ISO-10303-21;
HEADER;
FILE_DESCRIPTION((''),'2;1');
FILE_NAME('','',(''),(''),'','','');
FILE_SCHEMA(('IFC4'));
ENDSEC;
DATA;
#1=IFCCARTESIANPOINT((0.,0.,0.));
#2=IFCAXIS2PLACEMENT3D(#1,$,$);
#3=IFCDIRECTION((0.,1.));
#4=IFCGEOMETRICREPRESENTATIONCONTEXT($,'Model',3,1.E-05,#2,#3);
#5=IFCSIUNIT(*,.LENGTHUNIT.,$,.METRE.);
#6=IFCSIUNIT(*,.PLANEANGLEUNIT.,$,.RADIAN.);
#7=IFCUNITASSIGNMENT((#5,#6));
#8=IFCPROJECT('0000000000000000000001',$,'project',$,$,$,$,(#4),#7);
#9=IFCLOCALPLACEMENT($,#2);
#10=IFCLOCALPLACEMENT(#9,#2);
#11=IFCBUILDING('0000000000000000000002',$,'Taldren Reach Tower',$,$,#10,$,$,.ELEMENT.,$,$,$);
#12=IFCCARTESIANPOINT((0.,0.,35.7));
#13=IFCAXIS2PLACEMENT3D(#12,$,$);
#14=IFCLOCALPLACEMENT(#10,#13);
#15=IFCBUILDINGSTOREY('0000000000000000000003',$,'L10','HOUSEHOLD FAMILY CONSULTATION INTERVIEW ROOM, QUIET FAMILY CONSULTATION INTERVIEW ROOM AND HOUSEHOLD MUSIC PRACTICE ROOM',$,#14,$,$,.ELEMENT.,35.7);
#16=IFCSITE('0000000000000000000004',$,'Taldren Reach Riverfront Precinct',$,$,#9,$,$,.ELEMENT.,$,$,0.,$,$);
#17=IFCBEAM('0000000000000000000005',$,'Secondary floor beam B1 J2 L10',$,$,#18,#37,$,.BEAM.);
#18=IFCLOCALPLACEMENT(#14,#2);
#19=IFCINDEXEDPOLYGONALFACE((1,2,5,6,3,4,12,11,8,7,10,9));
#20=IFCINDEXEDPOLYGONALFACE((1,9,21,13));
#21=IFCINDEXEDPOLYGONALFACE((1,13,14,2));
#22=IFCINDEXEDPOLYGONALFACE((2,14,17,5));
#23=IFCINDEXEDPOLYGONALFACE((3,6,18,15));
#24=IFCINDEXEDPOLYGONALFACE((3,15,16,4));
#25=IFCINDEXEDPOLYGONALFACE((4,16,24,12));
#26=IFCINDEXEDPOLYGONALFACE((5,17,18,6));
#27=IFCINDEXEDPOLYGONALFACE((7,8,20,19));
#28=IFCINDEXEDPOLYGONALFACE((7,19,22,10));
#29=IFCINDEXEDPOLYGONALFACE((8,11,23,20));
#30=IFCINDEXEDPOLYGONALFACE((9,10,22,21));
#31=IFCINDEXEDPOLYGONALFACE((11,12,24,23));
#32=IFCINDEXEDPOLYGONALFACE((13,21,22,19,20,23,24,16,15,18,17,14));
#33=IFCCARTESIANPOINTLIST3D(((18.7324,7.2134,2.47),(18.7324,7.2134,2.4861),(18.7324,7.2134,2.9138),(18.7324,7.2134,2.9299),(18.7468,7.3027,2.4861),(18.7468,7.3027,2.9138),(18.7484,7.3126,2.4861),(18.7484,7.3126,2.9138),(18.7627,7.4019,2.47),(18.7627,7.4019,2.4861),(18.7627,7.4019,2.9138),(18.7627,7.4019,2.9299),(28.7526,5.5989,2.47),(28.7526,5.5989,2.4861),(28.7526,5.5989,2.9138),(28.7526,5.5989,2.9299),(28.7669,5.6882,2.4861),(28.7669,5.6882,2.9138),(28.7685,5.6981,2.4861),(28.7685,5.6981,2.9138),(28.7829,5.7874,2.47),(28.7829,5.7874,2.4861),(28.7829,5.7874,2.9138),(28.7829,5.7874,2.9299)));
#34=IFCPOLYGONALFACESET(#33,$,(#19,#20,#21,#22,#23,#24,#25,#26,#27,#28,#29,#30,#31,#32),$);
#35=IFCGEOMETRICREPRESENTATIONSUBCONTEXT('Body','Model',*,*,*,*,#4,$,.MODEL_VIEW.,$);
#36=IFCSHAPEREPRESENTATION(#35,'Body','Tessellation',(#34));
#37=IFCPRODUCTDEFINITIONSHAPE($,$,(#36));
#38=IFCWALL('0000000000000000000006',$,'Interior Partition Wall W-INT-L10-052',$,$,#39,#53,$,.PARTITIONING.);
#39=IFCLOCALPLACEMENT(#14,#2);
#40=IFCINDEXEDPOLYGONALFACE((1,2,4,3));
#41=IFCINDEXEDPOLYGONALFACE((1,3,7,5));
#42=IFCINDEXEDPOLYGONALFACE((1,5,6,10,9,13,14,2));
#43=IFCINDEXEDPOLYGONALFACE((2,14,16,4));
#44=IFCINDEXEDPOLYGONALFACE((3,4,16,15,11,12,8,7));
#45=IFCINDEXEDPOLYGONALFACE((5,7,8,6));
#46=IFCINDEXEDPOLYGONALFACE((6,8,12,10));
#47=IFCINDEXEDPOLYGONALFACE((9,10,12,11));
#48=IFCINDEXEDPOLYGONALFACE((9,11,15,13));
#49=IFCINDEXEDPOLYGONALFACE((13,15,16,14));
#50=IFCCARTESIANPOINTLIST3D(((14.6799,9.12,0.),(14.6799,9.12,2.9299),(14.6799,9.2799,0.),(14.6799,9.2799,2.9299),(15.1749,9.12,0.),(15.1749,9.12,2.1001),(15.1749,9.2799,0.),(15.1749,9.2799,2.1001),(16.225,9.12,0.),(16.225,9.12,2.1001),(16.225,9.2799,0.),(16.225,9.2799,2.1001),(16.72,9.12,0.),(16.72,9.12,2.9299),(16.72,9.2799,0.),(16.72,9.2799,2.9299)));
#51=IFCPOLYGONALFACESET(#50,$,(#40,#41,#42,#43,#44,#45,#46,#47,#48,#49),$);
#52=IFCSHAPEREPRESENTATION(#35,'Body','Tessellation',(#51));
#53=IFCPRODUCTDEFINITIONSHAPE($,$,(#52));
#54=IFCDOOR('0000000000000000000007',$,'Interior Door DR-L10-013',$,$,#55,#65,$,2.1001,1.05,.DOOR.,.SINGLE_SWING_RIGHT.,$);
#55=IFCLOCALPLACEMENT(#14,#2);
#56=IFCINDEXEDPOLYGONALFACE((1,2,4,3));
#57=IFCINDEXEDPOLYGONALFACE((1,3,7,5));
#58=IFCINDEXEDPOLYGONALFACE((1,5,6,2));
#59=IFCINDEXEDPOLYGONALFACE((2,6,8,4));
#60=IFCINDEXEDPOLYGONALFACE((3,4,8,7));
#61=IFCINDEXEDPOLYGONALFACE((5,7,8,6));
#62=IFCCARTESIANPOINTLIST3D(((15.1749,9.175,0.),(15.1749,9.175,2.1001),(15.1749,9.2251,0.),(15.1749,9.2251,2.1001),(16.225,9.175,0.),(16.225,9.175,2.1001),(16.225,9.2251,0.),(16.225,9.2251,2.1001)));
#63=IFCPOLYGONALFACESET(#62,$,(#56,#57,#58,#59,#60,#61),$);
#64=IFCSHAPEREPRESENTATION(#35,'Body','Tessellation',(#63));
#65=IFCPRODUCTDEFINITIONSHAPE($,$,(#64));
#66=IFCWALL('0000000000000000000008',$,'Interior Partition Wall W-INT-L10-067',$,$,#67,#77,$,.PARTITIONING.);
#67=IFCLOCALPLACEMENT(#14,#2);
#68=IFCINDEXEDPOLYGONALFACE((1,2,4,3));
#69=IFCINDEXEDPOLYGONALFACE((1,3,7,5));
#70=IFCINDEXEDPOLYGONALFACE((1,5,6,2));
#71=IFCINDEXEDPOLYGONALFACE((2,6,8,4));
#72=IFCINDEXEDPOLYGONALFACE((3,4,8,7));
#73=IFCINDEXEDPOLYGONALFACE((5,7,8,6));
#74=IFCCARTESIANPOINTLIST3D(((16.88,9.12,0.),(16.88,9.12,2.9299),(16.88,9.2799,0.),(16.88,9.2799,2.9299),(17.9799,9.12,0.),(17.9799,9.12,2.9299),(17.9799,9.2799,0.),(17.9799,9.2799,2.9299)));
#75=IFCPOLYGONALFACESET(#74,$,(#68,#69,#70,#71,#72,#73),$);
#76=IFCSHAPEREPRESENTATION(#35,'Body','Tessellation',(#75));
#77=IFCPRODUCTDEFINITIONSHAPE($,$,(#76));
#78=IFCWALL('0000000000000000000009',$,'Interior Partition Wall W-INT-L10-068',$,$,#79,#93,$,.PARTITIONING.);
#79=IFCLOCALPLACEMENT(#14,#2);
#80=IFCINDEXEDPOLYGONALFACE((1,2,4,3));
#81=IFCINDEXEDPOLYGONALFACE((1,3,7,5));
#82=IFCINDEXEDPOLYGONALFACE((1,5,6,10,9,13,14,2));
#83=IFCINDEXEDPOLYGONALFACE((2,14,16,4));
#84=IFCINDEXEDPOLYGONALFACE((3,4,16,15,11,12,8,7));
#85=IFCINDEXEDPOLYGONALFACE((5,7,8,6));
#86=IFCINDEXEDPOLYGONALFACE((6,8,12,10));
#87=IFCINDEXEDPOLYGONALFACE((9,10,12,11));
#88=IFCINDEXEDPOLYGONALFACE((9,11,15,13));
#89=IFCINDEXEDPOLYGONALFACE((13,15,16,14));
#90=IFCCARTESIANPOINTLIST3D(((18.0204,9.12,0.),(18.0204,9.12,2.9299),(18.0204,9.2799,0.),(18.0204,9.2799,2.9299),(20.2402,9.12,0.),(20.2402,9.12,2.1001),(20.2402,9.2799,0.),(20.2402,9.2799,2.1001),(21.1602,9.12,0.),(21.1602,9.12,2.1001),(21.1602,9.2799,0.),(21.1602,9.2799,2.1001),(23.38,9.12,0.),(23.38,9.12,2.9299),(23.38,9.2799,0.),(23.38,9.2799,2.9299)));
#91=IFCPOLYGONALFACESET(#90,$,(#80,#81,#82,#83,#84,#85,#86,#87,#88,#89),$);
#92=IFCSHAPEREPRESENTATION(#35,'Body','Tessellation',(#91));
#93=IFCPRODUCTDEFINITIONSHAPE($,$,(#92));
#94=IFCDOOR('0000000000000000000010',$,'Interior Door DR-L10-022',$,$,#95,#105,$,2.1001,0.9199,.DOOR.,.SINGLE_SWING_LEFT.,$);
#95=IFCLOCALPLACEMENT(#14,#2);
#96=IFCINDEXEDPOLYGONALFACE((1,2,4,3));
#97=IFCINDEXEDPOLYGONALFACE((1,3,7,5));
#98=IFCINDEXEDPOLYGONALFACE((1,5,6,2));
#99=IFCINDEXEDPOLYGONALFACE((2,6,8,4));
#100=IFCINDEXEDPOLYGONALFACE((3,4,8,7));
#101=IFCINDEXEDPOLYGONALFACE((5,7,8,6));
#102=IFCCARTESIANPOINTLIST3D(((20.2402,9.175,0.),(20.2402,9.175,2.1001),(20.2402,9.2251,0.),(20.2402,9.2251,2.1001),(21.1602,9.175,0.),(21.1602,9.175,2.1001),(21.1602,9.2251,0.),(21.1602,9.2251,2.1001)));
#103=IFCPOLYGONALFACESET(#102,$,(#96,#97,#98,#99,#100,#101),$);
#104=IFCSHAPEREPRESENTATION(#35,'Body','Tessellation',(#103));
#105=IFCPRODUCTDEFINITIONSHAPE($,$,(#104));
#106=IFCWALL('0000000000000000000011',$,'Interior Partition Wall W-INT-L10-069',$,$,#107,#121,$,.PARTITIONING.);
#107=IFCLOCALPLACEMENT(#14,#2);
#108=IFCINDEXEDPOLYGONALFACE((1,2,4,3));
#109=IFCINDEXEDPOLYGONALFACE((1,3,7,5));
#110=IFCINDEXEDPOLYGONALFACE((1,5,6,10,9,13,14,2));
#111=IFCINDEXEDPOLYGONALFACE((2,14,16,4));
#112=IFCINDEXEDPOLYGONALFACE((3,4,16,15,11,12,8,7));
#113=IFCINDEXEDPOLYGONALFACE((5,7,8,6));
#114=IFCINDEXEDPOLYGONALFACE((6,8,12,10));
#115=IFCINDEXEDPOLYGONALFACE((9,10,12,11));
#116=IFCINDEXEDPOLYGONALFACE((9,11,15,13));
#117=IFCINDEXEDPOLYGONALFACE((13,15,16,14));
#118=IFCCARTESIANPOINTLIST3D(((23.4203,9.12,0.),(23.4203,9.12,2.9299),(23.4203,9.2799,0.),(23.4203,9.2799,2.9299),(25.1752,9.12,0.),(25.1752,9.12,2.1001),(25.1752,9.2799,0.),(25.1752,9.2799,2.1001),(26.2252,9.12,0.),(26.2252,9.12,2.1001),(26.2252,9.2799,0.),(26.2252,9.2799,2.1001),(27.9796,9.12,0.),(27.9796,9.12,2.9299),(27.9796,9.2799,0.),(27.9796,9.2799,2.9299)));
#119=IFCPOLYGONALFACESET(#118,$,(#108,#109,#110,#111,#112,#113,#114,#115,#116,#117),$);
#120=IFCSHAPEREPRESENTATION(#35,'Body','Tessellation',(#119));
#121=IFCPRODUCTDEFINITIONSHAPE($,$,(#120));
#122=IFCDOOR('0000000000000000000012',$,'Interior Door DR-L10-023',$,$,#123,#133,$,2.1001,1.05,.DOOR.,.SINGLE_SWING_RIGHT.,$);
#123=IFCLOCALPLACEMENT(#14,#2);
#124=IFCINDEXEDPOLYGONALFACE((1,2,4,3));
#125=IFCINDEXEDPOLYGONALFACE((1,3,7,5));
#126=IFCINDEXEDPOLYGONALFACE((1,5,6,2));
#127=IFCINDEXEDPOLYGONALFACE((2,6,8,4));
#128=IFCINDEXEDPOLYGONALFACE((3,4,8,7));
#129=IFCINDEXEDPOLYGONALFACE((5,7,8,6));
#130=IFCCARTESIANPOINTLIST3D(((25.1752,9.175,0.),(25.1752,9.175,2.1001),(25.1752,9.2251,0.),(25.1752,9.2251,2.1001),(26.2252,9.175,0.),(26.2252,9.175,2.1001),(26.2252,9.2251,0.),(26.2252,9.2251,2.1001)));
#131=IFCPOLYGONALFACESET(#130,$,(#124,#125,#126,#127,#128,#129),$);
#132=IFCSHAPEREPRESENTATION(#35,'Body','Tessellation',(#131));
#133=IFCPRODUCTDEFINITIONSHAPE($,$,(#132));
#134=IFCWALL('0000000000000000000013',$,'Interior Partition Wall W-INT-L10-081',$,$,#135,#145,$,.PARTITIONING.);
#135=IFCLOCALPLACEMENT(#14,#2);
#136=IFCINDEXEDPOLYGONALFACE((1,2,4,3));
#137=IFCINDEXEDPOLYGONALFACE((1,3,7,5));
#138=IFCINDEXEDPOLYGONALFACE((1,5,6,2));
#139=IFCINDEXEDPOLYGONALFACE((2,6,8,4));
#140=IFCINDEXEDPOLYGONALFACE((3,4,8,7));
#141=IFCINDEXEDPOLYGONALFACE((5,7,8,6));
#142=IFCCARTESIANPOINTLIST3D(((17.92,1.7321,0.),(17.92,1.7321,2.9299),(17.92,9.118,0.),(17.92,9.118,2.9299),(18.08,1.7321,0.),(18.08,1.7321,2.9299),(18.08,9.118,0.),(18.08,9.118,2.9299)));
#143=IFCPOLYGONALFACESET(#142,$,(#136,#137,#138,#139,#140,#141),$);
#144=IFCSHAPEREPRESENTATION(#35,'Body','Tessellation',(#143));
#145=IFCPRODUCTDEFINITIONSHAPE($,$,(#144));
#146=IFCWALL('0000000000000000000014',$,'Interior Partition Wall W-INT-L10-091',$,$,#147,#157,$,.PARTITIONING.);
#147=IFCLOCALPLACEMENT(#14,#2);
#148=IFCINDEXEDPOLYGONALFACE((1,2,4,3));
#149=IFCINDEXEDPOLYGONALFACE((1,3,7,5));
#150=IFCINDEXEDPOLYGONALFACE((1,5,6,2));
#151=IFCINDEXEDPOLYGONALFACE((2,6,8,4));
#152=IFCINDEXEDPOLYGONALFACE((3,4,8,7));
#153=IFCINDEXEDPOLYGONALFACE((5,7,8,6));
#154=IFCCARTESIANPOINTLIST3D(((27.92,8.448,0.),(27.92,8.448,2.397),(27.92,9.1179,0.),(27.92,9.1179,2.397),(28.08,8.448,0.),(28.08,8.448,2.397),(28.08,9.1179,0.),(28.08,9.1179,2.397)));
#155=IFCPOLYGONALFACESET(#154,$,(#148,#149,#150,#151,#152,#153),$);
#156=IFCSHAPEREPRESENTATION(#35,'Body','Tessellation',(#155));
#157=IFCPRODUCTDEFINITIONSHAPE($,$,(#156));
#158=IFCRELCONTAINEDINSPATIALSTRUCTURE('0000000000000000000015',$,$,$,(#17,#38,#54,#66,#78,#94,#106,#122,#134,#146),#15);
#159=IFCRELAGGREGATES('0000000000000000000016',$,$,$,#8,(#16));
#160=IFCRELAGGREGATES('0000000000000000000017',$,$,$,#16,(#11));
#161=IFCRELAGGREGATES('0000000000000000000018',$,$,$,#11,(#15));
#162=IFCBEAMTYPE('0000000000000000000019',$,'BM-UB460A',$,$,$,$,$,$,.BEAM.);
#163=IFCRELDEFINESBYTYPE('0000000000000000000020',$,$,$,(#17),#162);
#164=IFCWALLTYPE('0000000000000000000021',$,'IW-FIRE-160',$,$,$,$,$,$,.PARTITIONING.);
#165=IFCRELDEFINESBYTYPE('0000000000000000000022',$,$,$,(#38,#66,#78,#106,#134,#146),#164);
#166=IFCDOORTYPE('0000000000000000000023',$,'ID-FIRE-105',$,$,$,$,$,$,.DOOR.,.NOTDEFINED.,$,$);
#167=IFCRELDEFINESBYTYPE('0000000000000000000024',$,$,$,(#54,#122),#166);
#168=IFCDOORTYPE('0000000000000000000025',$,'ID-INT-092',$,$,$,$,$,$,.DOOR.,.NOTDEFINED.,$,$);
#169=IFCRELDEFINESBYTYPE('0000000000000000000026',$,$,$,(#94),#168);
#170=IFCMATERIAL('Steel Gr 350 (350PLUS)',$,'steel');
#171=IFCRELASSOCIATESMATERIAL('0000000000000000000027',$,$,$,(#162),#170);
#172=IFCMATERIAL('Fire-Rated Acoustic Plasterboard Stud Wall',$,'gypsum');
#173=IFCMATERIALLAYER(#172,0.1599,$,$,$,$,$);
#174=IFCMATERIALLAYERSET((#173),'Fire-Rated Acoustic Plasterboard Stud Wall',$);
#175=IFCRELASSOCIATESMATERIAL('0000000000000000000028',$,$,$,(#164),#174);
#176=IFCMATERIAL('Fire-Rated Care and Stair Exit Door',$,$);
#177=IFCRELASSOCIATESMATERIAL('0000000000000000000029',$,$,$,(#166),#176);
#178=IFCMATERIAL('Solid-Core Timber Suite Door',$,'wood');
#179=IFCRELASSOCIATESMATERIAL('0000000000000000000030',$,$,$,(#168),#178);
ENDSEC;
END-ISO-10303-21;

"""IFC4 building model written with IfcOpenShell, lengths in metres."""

from ifc_helpers import new_model, si_unit, direction, frame, frame_2d, origin, origin_2d, place, context, subcontext, project, spatial, rectangle, i_section, extrude, source, transform, mapped, material, layer, layer_set, material_profile, profile_set, type_object, element, fill, save


model = new_model("IFC4")

# Units and contexts
model_context = context("Model", 3, precision=1e-05, world=origin(), true_north=direction((0.0, 1.0)))
body_context = subcontext(model_context, "Body", "Model", "MODEL_VIEW")
ifc_project = project(units=[si_unit("LENGTHUNIT", "METRE"), si_unit("PLANEANGLEUNIT", "RADIAN")], contexts=[model_context])

# Site, building, storey
site_placement = place(None, origin())
site = spatial("IfcSite", under=ifc_project, at=site_placement, Name="Taldren Reach Riverfront Precinct", CompositionType="ELEMENT", RefElevation=0.0)
building_placement = place(site_placement, origin())
building = spatial("IfcBuilding", under=site, at=building_placement, Name="Taldren Reach Tower", CompositionType="ELEMENT")
storey_placement = place(building_placement, frame((0.0, 0.0, 35.7)))
storey = spatial("IfcBuildingStorey", under=building, at=storey_placement, Name="L10", Description="HOUSEHOLD FAMILY CONSULTATION INTERVIEW ROOM, QUIET FAMILY CONSULTATION INTERVIEW ROOM AND HOUSEHOLD MUSIC PRACTICE ROOM", CompositionType="ELEMENT", Elevation=35.7)

# Shared definitions
ifc_material_1 = material(Name="Steel Gr 350 (350PLUS)", Category="steel")

# Beam
ifc_material_profile_1 = material_profile(ifc_material_1, i_section(OverallWidth=0.1909, OverallDepth=0.46, WebThickness=0.01, FlangeThickness=0.0161, at=origin_2d()), Name="460UB82.1")
ifc_profile_set_1 = profile_set([ifc_material_profile_1], Name="Steel Gr 350 (350PLUS)")
beam_type_1 = type_object("IfcBeamType", Name="BM-UB460A", PredefinedType="BEAM", material=ifc_profile_set_1)
shared_shape_1 = source(origin(), body_context, "Body", "SweptSolid", [
    extrude(i_section(OverallWidth=0.1909, OverallDepth=0.46, WebThickness=0.01, FlangeThickness=0.0161, at=origin_2d()), origin(), (0.0, 0.0, 1.0), 10.1494),
])
beam_1_placement = place(storey_placement, frame((18.7476, 7.3076, 2.7), z_axis=(0.987267, -0.159072, 0.0), x_axis=(0.159072, 0.987267, 0.0)))
element("IfcBeam", 1, at=beam_1_placement, inside=storey, type_object=beam_type_1, Name="Secondary floor beam B1 J2 L10", PredefinedType="BEAM", context=body_context, shape_type="MappedRepresentation", body=[
    mapped(shared_shape_1, transform((0.0, 0.0, 0.0), scale=1.0)),
])

# Wall, opening, door
ifc_material_2 = material(Name="Fire-Rated Acoustic Plasterboard Stud Wall", Category="gypsum")
ifc_layer = layer(ifc_material_2, 0.1599)
ifc_layer_set = layer_set([ifc_layer], Name="Fire-Rated Acoustic Plasterboard Stud Wall")
wall_type = type_object("IfcWallType", Name="IW-FIRE-160", PredefinedType="PARTITIONING", material=ifc_layer_set)
shared_shape_2 = source(origin(), body_context, "Body", "SweptSolid", [
    extrude(rectangle(XDim=2.04, YDim=0.1599, at=frame_2d((1.02, 0.0))), origin(), (0.0, 0.0, 1.0), 2.9299),
])
wall_1_placement = place(storey_placement, frame((16.72, 9.2, 0.0), z_axis=(0.0, 0.0, 1.0), x_axis=(-1.0, 0.0, 0.0)))
wall_1 = element("IfcWall", 2, at=wall_1_placement, inside=storey, type_object=wall_type, Name="Interior Partition Wall W-INT-L10-052", PredefinedType="PARTITIONING", context=body_context, shape_type="MappedRepresentation", body=[
    mapped(shared_shape_2, transform((0.0, 0.0, 0.0), scale=1.0)),
])
shared_shape_3 = source(origin(), body_context, "Body", "SweptSolid", [
    extrude(rectangle(XDim=1.05, YDim=2.1001, at=frame_2d((0.5249, 1.05))), frame((0.0, 0.0898, 0.0), z_axis=(0.0, -1.0, 0.0), x_axis=(1.0, 0.0, 0.0)), (0.0, 0.0, 1.0), 0.1799),
])
opening_1_placement = place(wall_1_placement, frame((0.4951, 0.0, 0.0)))
opening_1 = element("IfcOpeningElement", 3, at=opening_1_placement, cuts=wall_1, PredefinedType="OPENING", context=body_context, shape_type="MappedRepresentation", body=[
    mapped(shared_shape_3, transform((0.0, 0.0, 0.0), scale=1.0)),
])
ifc_material_3 = material(Name="Fire-Rated Care and Stair Exit Door")
door_type_1 = type_object("IfcDoorType", Name="ID-FIRE-105", OperationType="NOTDEFINED", PredefinedType="DOOR", material=ifc_material_3)
shared_shape_4 = source(origin(), body_context, "Body", "SweptSolid", [
    extrude(rectangle(XDim=1.05, YDim=2.1001, at=frame_2d((0.5249, 1.05))), frame((0.0, 0.0249, 0.0), z_axis=(0.0, -1.0, 0.0), x_axis=(1.0, 0.0, 0.0)), (0.0, 0.0, 1.0), 0.05),
])
door_1_placement = place(opening_1_placement, origin())
door_1 = element("IfcDoor", 4, at=door_1_placement, inside=storey, type_object=door_type_1, Name="Interior Door DR-L10-013", OperationType="SINGLE_SWING_RIGHT", OverallHeight=2.1001, OverallWidth=1.05, PredefinedType="DOOR", context=body_context, shape_type="MappedRepresentation", body=[
    mapped(shared_shape_4, transform((0.0, 0.0, 0.0), scale=1.0)),
])
fill(opening_1, door_1)

# Wall
shared_shape_5 = source(origin(), body_context, "Body", "SweptSolid", [
    extrude(rectangle(XDim=1.0999, YDim=0.1599, at=frame_2d((0.5498, 0.0))), origin(), (0.0, 0.0, 1.0), 2.9299),
])
wall_2_placement = place(storey_placement, frame((17.9797, 9.2, 0.0), z_axis=(0.0, 0.0, 1.0), x_axis=(-1.0, 0.0, 0.0)))
element("IfcWall", 5, at=wall_2_placement, inside=storey, type_object=wall_type, Name="Interior Partition Wall W-INT-L10-067", PredefinedType="PARTITIONING", context=body_context, shape_type="MappedRepresentation", body=[
    mapped(shared_shape_5, transform((0.0, 0.0, 0.0), scale=1.0)),
])

# Walls, openings, doors
shared_shape_6 = source(origin(), body_context, "Body", "SweptSolid", [
    extrude(rectangle(XDim=5.3596, YDim=0.1599, at=frame_2d((2.6797, 0.0))), origin(), (0.0, 0.0, 1.0), 2.9299),
])
wall_3_placement = place(storey_placement, frame((23.3799, 9.2, 0.0), z_axis=(0.0, 0.0, 1.0), x_axis=(-1.0, 0.0, 0.0)))
wall_3 = element("IfcWall", 6, at=wall_3_placement, inside=storey, type_object=wall_type, Name="Interior Partition Wall W-INT-L10-068", PredefinedType="PARTITIONING", context=body_context, shape_type="MappedRepresentation", body=[
    mapped(shared_shape_6, transform((0.0, 0.0, 0.0), scale=1.0)),
])
shared_shape_7 = source(origin(), body_context, "Body", "SweptSolid", [
    extrude(rectangle(XDim=0.9199, YDim=2.1001, at=frame_2d((0.46, 1.05))), frame((0.0, 0.0898, 0.0), z_axis=(0.0, -1.0, 0.0), x_axis=(1.0, 0.0, 0.0)), (0.0, 0.0, 1.0), 0.1799),
])
opening_2_placement = place(wall_3_placement, frame((2.2197, 0.0, 0.0)))
opening_2 = element("IfcOpeningElement", 7, at=opening_2_placement, cuts=wall_3, PredefinedType="OPENING", context=body_context, shape_type="MappedRepresentation", body=[
    mapped(shared_shape_7, transform((0.0, 0.0, 0.0), scale=1.0)),
])
ifc_material_4 = material(Name="Solid-Core Timber Suite Door", Category="wood")
door_type_2 = type_object("IfcDoorType", Name="ID-INT-092", OperationType="NOTDEFINED", PredefinedType="DOOR", material=ifc_material_4)
shared_shape_8 = source(origin(), body_context, "Body", "SweptSolid", [
    extrude(rectangle(XDim=0.9199, YDim=2.1001, at=frame_2d((0.46, 1.05))), frame((0.0, 0.0249, 0.0), z_axis=(0.0, -1.0, 0.0), x_axis=(1.0, 0.0, 0.0)), (0.0, 0.0, 1.0), 0.05),
])
door_2_placement = place(opening_2_placement, origin())
door_2 = element("IfcDoor", 8, at=door_2_placement, inside=storey, type_object=door_type_2, Name="Interior Door DR-L10-022", OperationType="SINGLE_SWING_LEFT", OverallHeight=2.1001, OverallWidth=0.9199, PredefinedType="DOOR", context=body_context, shape_type="MappedRepresentation", body=[
    mapped(shared_shape_8, transform((0.0, 0.0, 0.0), scale=1.0)),
])
fill(opening_2, door_2)
shared_shape_9 = source(origin(), body_context, "Body", "SweptSolid", [
    extrude(rectangle(XDim=4.5593, YDim=0.1599, at=frame_2d((2.2798, 0.0))), origin(), (0.0, 0.0, 1.0), 2.9299),
])
wall_4_placement = place(storey_placement, frame((27.9797, 9.2, 0.0), z_axis=(0.0, 0.0, 1.0), x_axis=(-1.0, 0.0, 0.0)))
wall_4 = element("IfcWall", 9, at=wall_4_placement, inside=storey, type_object=wall_type, Name="Interior Partition Wall W-INT-L10-069", PredefinedType="PARTITIONING", context=body_context, shape_type="MappedRepresentation", body=[
    mapped(shared_shape_9, transform((0.0, 0.0, 0.0), scale=1.0)),
])
opening_3_placement = place(wall_4_placement, frame((1.7546, 0.0, 0.0)))
opening_3 = element("IfcOpeningElement", 10, at=opening_3_placement, cuts=wall_4, PredefinedType="OPENING", context=body_context, shape_type="MappedRepresentation", body=[
    mapped(shared_shape_3, transform((0.0, 0.0, 0.0), scale=1.0)),
])
door_3_placement = place(opening_3_placement, origin())
door_3 = element("IfcDoor", 11, at=door_3_placement, inside=storey, type_object=door_type_1, Name="Interior Door DR-L10-023", OperationType="SINGLE_SWING_RIGHT", OverallHeight=2.1001, OverallWidth=1.05, PredefinedType="DOOR", context=body_context, shape_type="MappedRepresentation", body=[
    mapped(shared_shape_4, transform((0.0, 0.0, 0.0), scale=1.0)),
])
fill(opening_3, door_3)

# Walls
shared_shape_10 = source(origin(), body_context, "Body", "SweptSolid", [
    extrude(rectangle(XDim=7.386, YDim=0.1599, at=frame_2d((3.6929, 0.0))), origin(), (0.0, 0.0, 1.0), 2.9299),
])
wall_5_placement = place(storey_placement, frame((18.0, 9.1179, 0.0), z_axis=(0.0, 0.0, 1.0), x_axis=(0.0, -1.0, 0.0)))
element("IfcWall", 12, at=wall_5_placement, inside=storey, type_object=wall_type, Name="Interior Partition Wall W-INT-L10-081", PredefinedType="PARTITIONING", context=body_context, shape_type="MappedRepresentation", body=[
    mapped(shared_shape_10, transform((0.0, 0.0, 0.0), scale=1.0)),
])
shared_shape_11 = source(origin(), body_context, "Body", "SweptSolid", [
    extrude(rectangle(XDim=0.6699, YDim=0.1599, at=frame_2d((0.335, 0.0))), origin(), (0.0, 0.0, 1.0), 2.397),
])
wall_6_placement = place(storey_placement, frame((28.0, 9.1179, 0.0), z_axis=(0.0, 0.0, 1.0), x_axis=(0.0, -1.0, 0.0)))
element("IfcWall", 13, at=wall_6_placement, inside=storey, type_object=wall_type, Name="Interior Partition Wall W-INT-L10-091", PredefinedType="PARTITIONING", context=body_context, shape_type="MappedRepresentation", body=[
    mapped(shared_shape_11, transform((0.0, 0.0, 0.0), scale=1.0)),
])

save(model, "model.ifc")
